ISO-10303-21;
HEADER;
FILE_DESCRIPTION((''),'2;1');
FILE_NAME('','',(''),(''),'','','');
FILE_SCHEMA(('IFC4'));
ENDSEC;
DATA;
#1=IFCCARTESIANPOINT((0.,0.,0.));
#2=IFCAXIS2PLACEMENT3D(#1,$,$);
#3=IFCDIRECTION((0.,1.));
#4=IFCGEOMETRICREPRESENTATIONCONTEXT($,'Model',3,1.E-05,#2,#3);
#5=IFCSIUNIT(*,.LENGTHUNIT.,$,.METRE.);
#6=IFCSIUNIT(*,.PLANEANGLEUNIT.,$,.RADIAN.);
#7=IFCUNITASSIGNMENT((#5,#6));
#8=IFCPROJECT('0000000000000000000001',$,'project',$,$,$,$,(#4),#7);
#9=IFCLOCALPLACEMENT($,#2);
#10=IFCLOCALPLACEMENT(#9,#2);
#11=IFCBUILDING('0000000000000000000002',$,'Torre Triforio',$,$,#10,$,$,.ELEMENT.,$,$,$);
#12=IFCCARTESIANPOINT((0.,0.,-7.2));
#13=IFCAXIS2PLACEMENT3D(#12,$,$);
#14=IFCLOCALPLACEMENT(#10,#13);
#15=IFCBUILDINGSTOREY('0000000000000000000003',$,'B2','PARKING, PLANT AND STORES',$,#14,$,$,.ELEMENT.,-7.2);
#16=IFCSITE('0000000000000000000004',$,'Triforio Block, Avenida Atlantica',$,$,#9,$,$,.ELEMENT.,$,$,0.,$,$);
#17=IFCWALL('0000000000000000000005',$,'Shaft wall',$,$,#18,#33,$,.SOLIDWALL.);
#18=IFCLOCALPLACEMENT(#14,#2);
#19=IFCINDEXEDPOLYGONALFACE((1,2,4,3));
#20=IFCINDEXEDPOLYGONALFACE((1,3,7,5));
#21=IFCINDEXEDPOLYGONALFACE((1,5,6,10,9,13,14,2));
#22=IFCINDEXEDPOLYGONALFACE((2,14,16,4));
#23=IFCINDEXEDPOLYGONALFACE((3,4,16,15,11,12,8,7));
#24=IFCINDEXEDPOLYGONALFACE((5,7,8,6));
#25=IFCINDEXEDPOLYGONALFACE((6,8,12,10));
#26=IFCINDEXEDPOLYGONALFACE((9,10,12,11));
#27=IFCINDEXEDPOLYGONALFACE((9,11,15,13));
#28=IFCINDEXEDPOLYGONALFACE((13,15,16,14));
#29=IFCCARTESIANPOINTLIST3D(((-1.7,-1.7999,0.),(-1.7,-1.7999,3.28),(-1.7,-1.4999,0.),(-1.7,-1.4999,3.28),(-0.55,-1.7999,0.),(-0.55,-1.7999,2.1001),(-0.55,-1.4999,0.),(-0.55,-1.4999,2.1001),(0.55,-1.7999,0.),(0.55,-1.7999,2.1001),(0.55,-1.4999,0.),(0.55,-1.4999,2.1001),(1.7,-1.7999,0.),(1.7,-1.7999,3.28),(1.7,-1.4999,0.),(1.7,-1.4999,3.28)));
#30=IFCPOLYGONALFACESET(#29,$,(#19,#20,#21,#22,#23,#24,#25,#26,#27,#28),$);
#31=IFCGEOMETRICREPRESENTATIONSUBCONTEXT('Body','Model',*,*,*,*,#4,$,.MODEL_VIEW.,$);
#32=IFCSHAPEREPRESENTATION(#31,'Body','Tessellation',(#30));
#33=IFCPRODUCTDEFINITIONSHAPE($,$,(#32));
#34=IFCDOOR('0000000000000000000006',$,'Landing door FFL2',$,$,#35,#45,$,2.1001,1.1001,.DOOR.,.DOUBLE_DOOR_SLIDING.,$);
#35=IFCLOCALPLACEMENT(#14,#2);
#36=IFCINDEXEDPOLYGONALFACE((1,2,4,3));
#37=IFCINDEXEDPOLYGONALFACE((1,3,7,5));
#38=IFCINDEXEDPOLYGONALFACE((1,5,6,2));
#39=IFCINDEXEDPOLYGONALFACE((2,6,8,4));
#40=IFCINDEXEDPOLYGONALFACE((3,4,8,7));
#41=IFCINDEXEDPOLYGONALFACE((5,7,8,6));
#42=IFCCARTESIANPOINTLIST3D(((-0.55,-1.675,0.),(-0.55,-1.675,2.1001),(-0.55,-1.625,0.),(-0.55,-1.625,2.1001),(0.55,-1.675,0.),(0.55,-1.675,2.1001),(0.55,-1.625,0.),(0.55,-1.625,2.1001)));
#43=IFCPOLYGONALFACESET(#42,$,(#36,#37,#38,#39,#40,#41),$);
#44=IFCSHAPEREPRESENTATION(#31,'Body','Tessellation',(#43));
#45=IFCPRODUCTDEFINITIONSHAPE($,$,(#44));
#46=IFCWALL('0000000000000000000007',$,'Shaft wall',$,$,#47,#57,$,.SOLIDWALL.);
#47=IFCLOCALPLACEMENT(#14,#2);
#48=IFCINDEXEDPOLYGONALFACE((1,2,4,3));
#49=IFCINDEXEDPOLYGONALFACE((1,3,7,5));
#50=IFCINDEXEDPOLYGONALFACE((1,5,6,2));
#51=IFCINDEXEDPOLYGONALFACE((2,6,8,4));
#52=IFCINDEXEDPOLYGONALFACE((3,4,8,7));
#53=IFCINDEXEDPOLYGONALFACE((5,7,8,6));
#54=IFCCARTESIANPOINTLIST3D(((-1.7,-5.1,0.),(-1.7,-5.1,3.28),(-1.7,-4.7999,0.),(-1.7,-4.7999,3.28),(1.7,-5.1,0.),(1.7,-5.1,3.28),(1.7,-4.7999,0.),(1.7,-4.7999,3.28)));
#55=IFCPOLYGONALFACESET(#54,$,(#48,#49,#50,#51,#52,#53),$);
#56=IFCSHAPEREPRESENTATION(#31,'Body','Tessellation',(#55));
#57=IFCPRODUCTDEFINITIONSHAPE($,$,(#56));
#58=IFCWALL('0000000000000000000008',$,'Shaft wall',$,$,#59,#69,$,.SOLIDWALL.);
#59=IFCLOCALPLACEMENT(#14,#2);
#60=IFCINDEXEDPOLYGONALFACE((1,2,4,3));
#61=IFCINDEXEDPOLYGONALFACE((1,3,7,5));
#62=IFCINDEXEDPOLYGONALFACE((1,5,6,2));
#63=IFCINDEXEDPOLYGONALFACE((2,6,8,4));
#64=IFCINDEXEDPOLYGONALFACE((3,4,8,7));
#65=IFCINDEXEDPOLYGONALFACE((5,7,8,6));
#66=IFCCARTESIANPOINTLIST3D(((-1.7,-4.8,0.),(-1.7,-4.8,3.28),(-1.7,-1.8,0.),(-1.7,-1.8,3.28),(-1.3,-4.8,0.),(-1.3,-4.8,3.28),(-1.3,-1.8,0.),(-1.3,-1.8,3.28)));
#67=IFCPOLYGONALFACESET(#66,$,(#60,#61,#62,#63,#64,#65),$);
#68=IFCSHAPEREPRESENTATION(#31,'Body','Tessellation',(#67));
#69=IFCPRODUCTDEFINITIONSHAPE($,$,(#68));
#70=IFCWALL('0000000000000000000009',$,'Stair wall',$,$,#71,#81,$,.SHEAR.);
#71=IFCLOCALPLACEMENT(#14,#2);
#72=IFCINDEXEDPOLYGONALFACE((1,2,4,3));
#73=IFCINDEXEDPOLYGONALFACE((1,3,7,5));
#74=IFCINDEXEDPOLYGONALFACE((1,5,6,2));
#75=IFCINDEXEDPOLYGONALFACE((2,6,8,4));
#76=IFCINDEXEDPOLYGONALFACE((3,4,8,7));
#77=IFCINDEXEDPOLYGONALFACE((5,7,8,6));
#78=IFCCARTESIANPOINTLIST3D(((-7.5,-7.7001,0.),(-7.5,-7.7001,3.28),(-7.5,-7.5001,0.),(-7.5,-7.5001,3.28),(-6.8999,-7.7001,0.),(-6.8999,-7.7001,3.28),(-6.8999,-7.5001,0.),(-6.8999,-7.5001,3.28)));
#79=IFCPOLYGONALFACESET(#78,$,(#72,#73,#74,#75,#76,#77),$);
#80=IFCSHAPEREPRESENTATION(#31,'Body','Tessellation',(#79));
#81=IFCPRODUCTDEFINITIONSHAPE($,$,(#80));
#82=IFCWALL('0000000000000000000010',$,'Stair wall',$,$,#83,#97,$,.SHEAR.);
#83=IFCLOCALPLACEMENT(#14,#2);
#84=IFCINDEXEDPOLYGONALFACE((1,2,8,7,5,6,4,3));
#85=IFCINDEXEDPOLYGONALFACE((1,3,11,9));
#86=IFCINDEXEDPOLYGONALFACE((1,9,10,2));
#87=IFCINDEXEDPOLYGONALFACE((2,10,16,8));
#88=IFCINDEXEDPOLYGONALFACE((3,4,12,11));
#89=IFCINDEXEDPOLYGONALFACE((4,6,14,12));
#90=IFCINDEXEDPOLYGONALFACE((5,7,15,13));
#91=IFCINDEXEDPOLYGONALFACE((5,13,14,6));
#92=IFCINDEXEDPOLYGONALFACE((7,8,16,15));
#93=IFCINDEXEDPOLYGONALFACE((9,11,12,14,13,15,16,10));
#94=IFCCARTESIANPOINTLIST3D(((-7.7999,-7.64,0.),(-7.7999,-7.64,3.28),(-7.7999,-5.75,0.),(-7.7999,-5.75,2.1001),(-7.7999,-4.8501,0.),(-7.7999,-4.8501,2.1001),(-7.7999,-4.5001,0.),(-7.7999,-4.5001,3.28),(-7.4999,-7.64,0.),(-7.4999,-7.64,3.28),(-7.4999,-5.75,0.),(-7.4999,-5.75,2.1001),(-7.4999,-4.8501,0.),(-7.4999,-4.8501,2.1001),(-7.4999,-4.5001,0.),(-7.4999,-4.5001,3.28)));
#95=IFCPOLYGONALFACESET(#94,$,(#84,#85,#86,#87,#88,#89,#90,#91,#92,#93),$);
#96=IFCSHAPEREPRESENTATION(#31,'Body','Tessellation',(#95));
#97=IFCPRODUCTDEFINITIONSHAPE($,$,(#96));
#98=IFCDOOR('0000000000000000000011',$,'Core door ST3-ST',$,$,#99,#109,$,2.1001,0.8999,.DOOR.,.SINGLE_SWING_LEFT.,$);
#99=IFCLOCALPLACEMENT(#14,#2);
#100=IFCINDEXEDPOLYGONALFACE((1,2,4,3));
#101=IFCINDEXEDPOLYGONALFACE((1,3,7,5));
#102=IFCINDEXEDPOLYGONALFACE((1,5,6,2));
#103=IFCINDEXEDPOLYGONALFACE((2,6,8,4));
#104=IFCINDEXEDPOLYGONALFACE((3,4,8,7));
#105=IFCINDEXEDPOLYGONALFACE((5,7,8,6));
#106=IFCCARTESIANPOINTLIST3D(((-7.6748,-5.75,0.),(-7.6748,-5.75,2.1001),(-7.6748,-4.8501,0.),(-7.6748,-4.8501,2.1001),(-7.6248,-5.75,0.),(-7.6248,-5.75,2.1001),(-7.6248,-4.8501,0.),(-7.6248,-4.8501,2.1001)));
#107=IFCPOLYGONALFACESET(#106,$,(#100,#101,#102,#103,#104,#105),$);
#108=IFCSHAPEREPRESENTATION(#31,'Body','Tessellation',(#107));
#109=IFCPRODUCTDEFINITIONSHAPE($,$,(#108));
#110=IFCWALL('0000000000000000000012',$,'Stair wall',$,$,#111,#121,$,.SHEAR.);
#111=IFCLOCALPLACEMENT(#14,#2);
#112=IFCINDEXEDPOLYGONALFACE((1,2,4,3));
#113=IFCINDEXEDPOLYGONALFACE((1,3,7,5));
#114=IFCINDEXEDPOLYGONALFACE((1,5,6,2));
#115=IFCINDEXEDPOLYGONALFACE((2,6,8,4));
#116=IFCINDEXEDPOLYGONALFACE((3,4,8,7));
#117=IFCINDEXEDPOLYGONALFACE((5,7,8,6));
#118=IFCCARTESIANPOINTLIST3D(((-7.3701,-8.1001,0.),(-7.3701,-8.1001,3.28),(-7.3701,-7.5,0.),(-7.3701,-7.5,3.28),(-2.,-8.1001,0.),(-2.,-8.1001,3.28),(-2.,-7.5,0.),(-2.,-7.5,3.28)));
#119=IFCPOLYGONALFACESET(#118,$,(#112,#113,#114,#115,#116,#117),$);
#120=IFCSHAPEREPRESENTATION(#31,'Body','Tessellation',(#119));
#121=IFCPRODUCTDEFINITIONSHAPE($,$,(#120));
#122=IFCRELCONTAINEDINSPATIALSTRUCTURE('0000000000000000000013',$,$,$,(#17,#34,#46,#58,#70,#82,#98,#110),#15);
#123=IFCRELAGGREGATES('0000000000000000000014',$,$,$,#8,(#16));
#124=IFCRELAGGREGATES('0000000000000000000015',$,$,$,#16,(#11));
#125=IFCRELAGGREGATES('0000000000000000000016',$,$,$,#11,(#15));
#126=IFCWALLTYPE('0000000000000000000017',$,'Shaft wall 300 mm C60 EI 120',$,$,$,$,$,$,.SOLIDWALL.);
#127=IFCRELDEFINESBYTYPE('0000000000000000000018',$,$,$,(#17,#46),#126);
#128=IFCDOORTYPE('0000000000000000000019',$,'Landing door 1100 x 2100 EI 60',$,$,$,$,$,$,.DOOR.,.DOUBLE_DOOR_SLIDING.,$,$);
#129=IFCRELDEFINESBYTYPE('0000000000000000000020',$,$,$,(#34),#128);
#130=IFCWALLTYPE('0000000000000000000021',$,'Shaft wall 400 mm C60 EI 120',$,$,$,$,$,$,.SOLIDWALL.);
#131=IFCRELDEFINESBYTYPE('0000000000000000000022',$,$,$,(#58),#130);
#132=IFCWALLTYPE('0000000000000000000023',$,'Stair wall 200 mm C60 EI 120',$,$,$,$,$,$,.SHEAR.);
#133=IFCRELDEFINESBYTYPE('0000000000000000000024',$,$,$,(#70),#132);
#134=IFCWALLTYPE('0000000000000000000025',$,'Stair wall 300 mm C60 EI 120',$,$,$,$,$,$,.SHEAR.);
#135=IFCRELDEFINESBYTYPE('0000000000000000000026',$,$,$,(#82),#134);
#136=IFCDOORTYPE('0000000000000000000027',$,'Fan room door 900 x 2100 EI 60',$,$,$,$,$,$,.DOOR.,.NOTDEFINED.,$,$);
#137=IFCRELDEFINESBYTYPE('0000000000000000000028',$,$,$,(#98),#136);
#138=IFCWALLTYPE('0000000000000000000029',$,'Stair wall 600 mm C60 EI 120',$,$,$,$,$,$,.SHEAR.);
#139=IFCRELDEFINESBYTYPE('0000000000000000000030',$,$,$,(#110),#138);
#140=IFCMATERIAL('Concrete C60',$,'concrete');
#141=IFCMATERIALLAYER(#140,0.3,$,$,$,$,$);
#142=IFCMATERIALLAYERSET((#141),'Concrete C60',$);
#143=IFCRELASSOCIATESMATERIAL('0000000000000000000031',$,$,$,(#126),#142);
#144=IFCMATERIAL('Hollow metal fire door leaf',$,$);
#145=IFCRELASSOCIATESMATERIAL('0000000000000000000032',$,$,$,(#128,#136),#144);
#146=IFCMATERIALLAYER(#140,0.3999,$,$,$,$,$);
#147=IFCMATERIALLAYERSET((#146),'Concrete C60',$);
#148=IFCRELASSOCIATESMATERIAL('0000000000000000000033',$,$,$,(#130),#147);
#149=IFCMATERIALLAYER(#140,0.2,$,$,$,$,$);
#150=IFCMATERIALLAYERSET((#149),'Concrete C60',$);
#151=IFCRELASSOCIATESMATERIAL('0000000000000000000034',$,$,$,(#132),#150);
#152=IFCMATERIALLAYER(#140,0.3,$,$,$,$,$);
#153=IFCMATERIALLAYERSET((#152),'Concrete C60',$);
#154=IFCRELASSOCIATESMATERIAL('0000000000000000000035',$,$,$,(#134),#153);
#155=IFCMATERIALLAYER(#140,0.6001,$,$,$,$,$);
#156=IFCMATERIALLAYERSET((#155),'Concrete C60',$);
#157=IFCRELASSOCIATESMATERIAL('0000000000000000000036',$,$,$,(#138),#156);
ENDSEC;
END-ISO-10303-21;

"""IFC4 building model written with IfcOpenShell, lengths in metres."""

from ifc_helpers import new_model, si_unit, direction, frame, frame_2d, origin, place, context, subcontext, project, spatial, rectangle, extrude, material, layer, layer_set, type_object, element, fill, save


model = new_model("IFC4")

# Units and contexts
model_context = context("Model", 3, precision=1e-05, world=origin(), true_north=direction((0.0, 1.0)))
body_context = subcontext(model_context, "Body", "Model", "MODEL_VIEW")
ifc_project = project(units=[si_unit("LENGTHUNIT", "METRE"), si_unit("PLANEANGLEUNIT", "RADIAN")], contexts=[model_context])

# Site, building, storey
site_placement = place(None, origin())
site = spatial("IfcSite", under=ifc_project, at=site_placement, Name="Triforio Block, Avenida Atlantica", CompositionType="ELEMENT", RefElevation=0.0)
building_placement = place(site_placement, origin())
building = spatial("IfcBuilding", under=site, at=building_placement, Name="Torre Triforio", CompositionType="ELEMENT")
storey_placement = place(building_placement, frame((0.0, 0.0, -7.2)))
storey = spatial("IfcBuildingStorey", under=building, at=storey_placement, Name="B2", Description="PARKING, PLANT AND STORES", CompositionType="ELEMENT", Elevation=-7.2)

# Shared definitions
ifc_material_1 = material(Name="Concrete C60", Category="concrete")
ifc_material_2 = material(Name="Hollow metal fire door leaf")

# Shared definitions
ifc_layer_1 = layer(ifc_material_1, 0.3)
ifc_layer_set_1 = layer_set([ifc_layer_1], Name="Concrete C60")
wall_type_1 = type_object("IfcWallType", Name="Shaft wall 300 mm C60 EI 120", PredefinedType="SOLIDWALL", material=ifc_layer_set_1)

# Shared definitions
door_type_1 = type_object("IfcDoorType", Name="Landing door 1100 x 2100 EI 60", OperationType="DOUBLE_DOOR_SLIDING", PredefinedType="DOOR", material=ifc_material_2)

# Wall, opening, door
wall_1_placement = place(storey_placement, frame((-1.7, -1.6499, 0.0), z_axis=(0.0, 0.0, 1.0), x_axis=(1.0, 0.0, 0.0)))
wall_1 = element("IfcWall", 1, at=wall_1_placement, inside=storey, type_object=wall_type_1, Name="Shaft wall", PredefinedType="SOLIDWALL", context=body_context, shape_type="SweptSolid", body=[
    extrude(rectangle(XDim=3.3999, YDim=0.3, at=frame_2d((1.7, 0.0))), origin(), (0.0, 0.0, 1.0), 3.28),
])
opening_1_placement = place(wall_1_placement, frame((1.1499, 0.0, 0.0)))
opening_1 = element("IfcOpeningElement", 2, at=opening_1_placement, cuts=wall_1, PredefinedType="OPENING", context=body_context, shape_type="SweptSolid", body=[
    extrude(rectangle(XDim=1.1001, YDim=2.1001, at=frame_2d((0.55, 1.05))), frame((0.0, 0.1599, 0.0), z_axis=(0.0, -1.0, 0.0), x_axis=(1.0, 0.0, 0.0)), (0.0, 0.0, 1.0), 0.3201),
])
door_1_placement = place(opening_1_placement, origin())
door_1 = element("IfcDoor", 3, at=door_1_placement, inside=storey, type_object=door_type_1, Name="Landing door FFL2", OperationType="DOUBLE_DOOR_SLIDING", OverallHeight=2.1001, OverallWidth=1.1001, PredefinedType="DOOR", context=body_context, shape_type="SweptSolid", body=[
    extrude(rectangle(XDim=1.1001, YDim=2.1001, at=frame_2d((0.55, 1.05))), frame((0.0, 0.0249, 0.0), z_axis=(0.0, -1.0, 0.0), x_axis=(1.0, 0.0, 0.0)), (0.0, 0.0, 1.0), 0.05),
])
fill(opening_1, door_1)

# Walls
wall_2_placement = place(storey_placement, frame((-1.7, -4.95, 0.0), z_axis=(0.0, 0.0, 1.0), x_axis=(1.0, 0.0, 0.0)))
element("IfcWall", 4, at=wall_2_placement, inside=storey, type_object=wall_type_1, Name="Shaft wall", PredefinedType="SOLIDWALL", context=body_context, shape_type="SweptSolid", body=[
    extrude(rectangle(XDim=3.3999, YDim=0.3, at=frame_2d((1.7, 0.0))), origin(), (0.0, 0.0, 1.0), 3.28),
])
ifc_layer_2 = layer(ifc_material_1, 0.3999)
ifc_layer_set_2 = layer_set([ifc_layer_2], Name="Concrete C60")
wall_type_2 = type_object("IfcWallType", Name="Shaft wall 400 mm C60 EI 120", PredefinedType="SOLIDWALL", material=ifc_layer_set_2)
wall_3_placement = place(storey_placement, frame((-1.5, -4.8, 0.0), z_axis=(0.0, 0.0, 1.0), x_axis=(0.0, 1.0, 0.0)))
element("IfcWall", 5, at=wall_3_placement, inside=storey, type_object=wall_type_2, Name="Shaft wall", PredefinedType="SOLIDWALL", context=body_context, shape_type="SweptSolid", body=[
    extrude(rectangle(XDim=3.0, YDim=0.3999, at=frame_2d((1.5, 0.0))), origin(), (0.0, 0.0, 1.0), 3.28),
])
ifc_layer_3 = layer(ifc_material_1, 0.2)
ifc_layer_set_3 = layer_set([ifc_layer_3], Name="Concrete C60")
wall_type_3 = type_object("IfcWallType", Name="Stair wall 200 mm C60 EI 120", PredefinedType="SHEAR", material=ifc_layer_set_3)
wall_4_placement = place(storey_placement, frame((-7.5, -7.6001, 0.0), z_axis=(0.0, 0.0, 1.0), x_axis=(1.0, 0.0, 0.0)))
element("IfcWall", 6, at=wall_4_placement, inside=storey, type_object=wall_type_3, Name="Stair wall", PredefinedType="SHEAR", context=body_context, shape_type="SweptSolid", body=[
    extrude(rectangle(XDim=0.6001, YDim=0.2, at=frame_2d((0.3, 0.0))), origin(), (0.0, 0.0, 1.0), 3.28),
])

# Wall, opening, door
ifc_layer_4 = layer(ifc_material_1, 0.3)
ifc_layer_set_4 = layer_set([ifc_layer_4], Name="Concrete C60")
wall_type_4 = type_object("IfcWallType", Name="Stair wall 300 mm C60 EI 120", PredefinedType="SHEAR", material=ifc_layer_set_4)
wall_5_placement = place(storey_placement, frame((-7.6499, -7.6399, 0.0), z_axis=(0.0, 0.0, 1.0), x_axis=(0.0, 1.0, 0.0)))
wall_5 = element("IfcWall", 7, at=wall_5_placement, inside=storey, type_object=wall_type_4, Name="Stair wall", PredefinedType="SHEAR", context=body_context, shape_type="SweptSolid", body=[
    extrude(rectangle(XDim=3.1399, YDim=0.3, at=frame_2d((1.5698, 0.0))), origin(), (0.0, 0.0, 1.0), 3.28),
])
opening_2_placement = place(wall_5_placement, frame((1.8899, 0.0, 0.0)))
opening_2 = element("IfcOpeningElement", 8, at=opening_2_placement, cuts=wall_5, PredefinedType="OPENING", context=body_context, shape_type="SweptSolid", body=[
    extrude(rectangle(XDim=0.8999, YDim=2.1001, at=frame_2d((0.45, 1.05))), frame((0.0, 0.1599, 0.0), z_axis=(0.0, -1.0, 0.0), x_axis=(1.0, 0.0, 0.0)), (0.0, 0.0, 1.0), 0.3201),
])
door_type_2 = type_object("IfcDoorType", Name="Fan room door 900 x 2100 EI 60", OperationType="NOTDEFINED", PredefinedType="DOOR", material=ifc_material_2)
door_2_placement = place(opening_2_placement, origin())
door_2 = element("IfcDoor", 9, at=door_2_placement, inside=storey, type_object=door_type_2, Name="Core door ST3-ST", OperationType="SINGLE_SWING_LEFT", OverallHeight=2.1001, OverallWidth=0.8999, PredefinedType="DOOR", context=body_context, shape_type="SweptSolid", body=[
    extrude(rectangle(XDim=0.8999, YDim=2.1001, at=frame_2d((0.45, 1.05))), frame((0.0, 0.0249, 0.0), z_axis=(0.0, -1.0, 0.0), x_axis=(1.0, 0.0, 0.0)), (0.0, 0.0, 1.0), 0.05),
])
fill(opening_2, door_2)

# Wall
ifc_layer_5 = layer(ifc_material_1, 0.6001)
ifc_layer_set_5 = layer_set([ifc_layer_5], Name="Concrete C60")
wall_type_5 = type_object("IfcWallType", Name="Stair wall 600 mm C60 EI 120", PredefinedType="SHEAR", material=ifc_layer_set_5)
wall_6_placement = place(storey_placement, frame((-7.3701, -7.8, 0.0), z_axis=(0.0, 0.0, 1.0), x_axis=(1.0, 0.0, 0.0)))
element("IfcWall", 10, at=wall_6_placement, inside=storey, type_object=wall_type_5, Name="Stair wall", PredefinedType="SHEAR", context=body_context, shape_type="SweptSolid", body=[
    extrude(rectangle(XDim=5.3701, YDim=0.6001, at=frame_2d((2.6851, 0.0))), origin(), (0.0, 0.0, 1.0), 3.28),
])

save(model, "model.ifc")
